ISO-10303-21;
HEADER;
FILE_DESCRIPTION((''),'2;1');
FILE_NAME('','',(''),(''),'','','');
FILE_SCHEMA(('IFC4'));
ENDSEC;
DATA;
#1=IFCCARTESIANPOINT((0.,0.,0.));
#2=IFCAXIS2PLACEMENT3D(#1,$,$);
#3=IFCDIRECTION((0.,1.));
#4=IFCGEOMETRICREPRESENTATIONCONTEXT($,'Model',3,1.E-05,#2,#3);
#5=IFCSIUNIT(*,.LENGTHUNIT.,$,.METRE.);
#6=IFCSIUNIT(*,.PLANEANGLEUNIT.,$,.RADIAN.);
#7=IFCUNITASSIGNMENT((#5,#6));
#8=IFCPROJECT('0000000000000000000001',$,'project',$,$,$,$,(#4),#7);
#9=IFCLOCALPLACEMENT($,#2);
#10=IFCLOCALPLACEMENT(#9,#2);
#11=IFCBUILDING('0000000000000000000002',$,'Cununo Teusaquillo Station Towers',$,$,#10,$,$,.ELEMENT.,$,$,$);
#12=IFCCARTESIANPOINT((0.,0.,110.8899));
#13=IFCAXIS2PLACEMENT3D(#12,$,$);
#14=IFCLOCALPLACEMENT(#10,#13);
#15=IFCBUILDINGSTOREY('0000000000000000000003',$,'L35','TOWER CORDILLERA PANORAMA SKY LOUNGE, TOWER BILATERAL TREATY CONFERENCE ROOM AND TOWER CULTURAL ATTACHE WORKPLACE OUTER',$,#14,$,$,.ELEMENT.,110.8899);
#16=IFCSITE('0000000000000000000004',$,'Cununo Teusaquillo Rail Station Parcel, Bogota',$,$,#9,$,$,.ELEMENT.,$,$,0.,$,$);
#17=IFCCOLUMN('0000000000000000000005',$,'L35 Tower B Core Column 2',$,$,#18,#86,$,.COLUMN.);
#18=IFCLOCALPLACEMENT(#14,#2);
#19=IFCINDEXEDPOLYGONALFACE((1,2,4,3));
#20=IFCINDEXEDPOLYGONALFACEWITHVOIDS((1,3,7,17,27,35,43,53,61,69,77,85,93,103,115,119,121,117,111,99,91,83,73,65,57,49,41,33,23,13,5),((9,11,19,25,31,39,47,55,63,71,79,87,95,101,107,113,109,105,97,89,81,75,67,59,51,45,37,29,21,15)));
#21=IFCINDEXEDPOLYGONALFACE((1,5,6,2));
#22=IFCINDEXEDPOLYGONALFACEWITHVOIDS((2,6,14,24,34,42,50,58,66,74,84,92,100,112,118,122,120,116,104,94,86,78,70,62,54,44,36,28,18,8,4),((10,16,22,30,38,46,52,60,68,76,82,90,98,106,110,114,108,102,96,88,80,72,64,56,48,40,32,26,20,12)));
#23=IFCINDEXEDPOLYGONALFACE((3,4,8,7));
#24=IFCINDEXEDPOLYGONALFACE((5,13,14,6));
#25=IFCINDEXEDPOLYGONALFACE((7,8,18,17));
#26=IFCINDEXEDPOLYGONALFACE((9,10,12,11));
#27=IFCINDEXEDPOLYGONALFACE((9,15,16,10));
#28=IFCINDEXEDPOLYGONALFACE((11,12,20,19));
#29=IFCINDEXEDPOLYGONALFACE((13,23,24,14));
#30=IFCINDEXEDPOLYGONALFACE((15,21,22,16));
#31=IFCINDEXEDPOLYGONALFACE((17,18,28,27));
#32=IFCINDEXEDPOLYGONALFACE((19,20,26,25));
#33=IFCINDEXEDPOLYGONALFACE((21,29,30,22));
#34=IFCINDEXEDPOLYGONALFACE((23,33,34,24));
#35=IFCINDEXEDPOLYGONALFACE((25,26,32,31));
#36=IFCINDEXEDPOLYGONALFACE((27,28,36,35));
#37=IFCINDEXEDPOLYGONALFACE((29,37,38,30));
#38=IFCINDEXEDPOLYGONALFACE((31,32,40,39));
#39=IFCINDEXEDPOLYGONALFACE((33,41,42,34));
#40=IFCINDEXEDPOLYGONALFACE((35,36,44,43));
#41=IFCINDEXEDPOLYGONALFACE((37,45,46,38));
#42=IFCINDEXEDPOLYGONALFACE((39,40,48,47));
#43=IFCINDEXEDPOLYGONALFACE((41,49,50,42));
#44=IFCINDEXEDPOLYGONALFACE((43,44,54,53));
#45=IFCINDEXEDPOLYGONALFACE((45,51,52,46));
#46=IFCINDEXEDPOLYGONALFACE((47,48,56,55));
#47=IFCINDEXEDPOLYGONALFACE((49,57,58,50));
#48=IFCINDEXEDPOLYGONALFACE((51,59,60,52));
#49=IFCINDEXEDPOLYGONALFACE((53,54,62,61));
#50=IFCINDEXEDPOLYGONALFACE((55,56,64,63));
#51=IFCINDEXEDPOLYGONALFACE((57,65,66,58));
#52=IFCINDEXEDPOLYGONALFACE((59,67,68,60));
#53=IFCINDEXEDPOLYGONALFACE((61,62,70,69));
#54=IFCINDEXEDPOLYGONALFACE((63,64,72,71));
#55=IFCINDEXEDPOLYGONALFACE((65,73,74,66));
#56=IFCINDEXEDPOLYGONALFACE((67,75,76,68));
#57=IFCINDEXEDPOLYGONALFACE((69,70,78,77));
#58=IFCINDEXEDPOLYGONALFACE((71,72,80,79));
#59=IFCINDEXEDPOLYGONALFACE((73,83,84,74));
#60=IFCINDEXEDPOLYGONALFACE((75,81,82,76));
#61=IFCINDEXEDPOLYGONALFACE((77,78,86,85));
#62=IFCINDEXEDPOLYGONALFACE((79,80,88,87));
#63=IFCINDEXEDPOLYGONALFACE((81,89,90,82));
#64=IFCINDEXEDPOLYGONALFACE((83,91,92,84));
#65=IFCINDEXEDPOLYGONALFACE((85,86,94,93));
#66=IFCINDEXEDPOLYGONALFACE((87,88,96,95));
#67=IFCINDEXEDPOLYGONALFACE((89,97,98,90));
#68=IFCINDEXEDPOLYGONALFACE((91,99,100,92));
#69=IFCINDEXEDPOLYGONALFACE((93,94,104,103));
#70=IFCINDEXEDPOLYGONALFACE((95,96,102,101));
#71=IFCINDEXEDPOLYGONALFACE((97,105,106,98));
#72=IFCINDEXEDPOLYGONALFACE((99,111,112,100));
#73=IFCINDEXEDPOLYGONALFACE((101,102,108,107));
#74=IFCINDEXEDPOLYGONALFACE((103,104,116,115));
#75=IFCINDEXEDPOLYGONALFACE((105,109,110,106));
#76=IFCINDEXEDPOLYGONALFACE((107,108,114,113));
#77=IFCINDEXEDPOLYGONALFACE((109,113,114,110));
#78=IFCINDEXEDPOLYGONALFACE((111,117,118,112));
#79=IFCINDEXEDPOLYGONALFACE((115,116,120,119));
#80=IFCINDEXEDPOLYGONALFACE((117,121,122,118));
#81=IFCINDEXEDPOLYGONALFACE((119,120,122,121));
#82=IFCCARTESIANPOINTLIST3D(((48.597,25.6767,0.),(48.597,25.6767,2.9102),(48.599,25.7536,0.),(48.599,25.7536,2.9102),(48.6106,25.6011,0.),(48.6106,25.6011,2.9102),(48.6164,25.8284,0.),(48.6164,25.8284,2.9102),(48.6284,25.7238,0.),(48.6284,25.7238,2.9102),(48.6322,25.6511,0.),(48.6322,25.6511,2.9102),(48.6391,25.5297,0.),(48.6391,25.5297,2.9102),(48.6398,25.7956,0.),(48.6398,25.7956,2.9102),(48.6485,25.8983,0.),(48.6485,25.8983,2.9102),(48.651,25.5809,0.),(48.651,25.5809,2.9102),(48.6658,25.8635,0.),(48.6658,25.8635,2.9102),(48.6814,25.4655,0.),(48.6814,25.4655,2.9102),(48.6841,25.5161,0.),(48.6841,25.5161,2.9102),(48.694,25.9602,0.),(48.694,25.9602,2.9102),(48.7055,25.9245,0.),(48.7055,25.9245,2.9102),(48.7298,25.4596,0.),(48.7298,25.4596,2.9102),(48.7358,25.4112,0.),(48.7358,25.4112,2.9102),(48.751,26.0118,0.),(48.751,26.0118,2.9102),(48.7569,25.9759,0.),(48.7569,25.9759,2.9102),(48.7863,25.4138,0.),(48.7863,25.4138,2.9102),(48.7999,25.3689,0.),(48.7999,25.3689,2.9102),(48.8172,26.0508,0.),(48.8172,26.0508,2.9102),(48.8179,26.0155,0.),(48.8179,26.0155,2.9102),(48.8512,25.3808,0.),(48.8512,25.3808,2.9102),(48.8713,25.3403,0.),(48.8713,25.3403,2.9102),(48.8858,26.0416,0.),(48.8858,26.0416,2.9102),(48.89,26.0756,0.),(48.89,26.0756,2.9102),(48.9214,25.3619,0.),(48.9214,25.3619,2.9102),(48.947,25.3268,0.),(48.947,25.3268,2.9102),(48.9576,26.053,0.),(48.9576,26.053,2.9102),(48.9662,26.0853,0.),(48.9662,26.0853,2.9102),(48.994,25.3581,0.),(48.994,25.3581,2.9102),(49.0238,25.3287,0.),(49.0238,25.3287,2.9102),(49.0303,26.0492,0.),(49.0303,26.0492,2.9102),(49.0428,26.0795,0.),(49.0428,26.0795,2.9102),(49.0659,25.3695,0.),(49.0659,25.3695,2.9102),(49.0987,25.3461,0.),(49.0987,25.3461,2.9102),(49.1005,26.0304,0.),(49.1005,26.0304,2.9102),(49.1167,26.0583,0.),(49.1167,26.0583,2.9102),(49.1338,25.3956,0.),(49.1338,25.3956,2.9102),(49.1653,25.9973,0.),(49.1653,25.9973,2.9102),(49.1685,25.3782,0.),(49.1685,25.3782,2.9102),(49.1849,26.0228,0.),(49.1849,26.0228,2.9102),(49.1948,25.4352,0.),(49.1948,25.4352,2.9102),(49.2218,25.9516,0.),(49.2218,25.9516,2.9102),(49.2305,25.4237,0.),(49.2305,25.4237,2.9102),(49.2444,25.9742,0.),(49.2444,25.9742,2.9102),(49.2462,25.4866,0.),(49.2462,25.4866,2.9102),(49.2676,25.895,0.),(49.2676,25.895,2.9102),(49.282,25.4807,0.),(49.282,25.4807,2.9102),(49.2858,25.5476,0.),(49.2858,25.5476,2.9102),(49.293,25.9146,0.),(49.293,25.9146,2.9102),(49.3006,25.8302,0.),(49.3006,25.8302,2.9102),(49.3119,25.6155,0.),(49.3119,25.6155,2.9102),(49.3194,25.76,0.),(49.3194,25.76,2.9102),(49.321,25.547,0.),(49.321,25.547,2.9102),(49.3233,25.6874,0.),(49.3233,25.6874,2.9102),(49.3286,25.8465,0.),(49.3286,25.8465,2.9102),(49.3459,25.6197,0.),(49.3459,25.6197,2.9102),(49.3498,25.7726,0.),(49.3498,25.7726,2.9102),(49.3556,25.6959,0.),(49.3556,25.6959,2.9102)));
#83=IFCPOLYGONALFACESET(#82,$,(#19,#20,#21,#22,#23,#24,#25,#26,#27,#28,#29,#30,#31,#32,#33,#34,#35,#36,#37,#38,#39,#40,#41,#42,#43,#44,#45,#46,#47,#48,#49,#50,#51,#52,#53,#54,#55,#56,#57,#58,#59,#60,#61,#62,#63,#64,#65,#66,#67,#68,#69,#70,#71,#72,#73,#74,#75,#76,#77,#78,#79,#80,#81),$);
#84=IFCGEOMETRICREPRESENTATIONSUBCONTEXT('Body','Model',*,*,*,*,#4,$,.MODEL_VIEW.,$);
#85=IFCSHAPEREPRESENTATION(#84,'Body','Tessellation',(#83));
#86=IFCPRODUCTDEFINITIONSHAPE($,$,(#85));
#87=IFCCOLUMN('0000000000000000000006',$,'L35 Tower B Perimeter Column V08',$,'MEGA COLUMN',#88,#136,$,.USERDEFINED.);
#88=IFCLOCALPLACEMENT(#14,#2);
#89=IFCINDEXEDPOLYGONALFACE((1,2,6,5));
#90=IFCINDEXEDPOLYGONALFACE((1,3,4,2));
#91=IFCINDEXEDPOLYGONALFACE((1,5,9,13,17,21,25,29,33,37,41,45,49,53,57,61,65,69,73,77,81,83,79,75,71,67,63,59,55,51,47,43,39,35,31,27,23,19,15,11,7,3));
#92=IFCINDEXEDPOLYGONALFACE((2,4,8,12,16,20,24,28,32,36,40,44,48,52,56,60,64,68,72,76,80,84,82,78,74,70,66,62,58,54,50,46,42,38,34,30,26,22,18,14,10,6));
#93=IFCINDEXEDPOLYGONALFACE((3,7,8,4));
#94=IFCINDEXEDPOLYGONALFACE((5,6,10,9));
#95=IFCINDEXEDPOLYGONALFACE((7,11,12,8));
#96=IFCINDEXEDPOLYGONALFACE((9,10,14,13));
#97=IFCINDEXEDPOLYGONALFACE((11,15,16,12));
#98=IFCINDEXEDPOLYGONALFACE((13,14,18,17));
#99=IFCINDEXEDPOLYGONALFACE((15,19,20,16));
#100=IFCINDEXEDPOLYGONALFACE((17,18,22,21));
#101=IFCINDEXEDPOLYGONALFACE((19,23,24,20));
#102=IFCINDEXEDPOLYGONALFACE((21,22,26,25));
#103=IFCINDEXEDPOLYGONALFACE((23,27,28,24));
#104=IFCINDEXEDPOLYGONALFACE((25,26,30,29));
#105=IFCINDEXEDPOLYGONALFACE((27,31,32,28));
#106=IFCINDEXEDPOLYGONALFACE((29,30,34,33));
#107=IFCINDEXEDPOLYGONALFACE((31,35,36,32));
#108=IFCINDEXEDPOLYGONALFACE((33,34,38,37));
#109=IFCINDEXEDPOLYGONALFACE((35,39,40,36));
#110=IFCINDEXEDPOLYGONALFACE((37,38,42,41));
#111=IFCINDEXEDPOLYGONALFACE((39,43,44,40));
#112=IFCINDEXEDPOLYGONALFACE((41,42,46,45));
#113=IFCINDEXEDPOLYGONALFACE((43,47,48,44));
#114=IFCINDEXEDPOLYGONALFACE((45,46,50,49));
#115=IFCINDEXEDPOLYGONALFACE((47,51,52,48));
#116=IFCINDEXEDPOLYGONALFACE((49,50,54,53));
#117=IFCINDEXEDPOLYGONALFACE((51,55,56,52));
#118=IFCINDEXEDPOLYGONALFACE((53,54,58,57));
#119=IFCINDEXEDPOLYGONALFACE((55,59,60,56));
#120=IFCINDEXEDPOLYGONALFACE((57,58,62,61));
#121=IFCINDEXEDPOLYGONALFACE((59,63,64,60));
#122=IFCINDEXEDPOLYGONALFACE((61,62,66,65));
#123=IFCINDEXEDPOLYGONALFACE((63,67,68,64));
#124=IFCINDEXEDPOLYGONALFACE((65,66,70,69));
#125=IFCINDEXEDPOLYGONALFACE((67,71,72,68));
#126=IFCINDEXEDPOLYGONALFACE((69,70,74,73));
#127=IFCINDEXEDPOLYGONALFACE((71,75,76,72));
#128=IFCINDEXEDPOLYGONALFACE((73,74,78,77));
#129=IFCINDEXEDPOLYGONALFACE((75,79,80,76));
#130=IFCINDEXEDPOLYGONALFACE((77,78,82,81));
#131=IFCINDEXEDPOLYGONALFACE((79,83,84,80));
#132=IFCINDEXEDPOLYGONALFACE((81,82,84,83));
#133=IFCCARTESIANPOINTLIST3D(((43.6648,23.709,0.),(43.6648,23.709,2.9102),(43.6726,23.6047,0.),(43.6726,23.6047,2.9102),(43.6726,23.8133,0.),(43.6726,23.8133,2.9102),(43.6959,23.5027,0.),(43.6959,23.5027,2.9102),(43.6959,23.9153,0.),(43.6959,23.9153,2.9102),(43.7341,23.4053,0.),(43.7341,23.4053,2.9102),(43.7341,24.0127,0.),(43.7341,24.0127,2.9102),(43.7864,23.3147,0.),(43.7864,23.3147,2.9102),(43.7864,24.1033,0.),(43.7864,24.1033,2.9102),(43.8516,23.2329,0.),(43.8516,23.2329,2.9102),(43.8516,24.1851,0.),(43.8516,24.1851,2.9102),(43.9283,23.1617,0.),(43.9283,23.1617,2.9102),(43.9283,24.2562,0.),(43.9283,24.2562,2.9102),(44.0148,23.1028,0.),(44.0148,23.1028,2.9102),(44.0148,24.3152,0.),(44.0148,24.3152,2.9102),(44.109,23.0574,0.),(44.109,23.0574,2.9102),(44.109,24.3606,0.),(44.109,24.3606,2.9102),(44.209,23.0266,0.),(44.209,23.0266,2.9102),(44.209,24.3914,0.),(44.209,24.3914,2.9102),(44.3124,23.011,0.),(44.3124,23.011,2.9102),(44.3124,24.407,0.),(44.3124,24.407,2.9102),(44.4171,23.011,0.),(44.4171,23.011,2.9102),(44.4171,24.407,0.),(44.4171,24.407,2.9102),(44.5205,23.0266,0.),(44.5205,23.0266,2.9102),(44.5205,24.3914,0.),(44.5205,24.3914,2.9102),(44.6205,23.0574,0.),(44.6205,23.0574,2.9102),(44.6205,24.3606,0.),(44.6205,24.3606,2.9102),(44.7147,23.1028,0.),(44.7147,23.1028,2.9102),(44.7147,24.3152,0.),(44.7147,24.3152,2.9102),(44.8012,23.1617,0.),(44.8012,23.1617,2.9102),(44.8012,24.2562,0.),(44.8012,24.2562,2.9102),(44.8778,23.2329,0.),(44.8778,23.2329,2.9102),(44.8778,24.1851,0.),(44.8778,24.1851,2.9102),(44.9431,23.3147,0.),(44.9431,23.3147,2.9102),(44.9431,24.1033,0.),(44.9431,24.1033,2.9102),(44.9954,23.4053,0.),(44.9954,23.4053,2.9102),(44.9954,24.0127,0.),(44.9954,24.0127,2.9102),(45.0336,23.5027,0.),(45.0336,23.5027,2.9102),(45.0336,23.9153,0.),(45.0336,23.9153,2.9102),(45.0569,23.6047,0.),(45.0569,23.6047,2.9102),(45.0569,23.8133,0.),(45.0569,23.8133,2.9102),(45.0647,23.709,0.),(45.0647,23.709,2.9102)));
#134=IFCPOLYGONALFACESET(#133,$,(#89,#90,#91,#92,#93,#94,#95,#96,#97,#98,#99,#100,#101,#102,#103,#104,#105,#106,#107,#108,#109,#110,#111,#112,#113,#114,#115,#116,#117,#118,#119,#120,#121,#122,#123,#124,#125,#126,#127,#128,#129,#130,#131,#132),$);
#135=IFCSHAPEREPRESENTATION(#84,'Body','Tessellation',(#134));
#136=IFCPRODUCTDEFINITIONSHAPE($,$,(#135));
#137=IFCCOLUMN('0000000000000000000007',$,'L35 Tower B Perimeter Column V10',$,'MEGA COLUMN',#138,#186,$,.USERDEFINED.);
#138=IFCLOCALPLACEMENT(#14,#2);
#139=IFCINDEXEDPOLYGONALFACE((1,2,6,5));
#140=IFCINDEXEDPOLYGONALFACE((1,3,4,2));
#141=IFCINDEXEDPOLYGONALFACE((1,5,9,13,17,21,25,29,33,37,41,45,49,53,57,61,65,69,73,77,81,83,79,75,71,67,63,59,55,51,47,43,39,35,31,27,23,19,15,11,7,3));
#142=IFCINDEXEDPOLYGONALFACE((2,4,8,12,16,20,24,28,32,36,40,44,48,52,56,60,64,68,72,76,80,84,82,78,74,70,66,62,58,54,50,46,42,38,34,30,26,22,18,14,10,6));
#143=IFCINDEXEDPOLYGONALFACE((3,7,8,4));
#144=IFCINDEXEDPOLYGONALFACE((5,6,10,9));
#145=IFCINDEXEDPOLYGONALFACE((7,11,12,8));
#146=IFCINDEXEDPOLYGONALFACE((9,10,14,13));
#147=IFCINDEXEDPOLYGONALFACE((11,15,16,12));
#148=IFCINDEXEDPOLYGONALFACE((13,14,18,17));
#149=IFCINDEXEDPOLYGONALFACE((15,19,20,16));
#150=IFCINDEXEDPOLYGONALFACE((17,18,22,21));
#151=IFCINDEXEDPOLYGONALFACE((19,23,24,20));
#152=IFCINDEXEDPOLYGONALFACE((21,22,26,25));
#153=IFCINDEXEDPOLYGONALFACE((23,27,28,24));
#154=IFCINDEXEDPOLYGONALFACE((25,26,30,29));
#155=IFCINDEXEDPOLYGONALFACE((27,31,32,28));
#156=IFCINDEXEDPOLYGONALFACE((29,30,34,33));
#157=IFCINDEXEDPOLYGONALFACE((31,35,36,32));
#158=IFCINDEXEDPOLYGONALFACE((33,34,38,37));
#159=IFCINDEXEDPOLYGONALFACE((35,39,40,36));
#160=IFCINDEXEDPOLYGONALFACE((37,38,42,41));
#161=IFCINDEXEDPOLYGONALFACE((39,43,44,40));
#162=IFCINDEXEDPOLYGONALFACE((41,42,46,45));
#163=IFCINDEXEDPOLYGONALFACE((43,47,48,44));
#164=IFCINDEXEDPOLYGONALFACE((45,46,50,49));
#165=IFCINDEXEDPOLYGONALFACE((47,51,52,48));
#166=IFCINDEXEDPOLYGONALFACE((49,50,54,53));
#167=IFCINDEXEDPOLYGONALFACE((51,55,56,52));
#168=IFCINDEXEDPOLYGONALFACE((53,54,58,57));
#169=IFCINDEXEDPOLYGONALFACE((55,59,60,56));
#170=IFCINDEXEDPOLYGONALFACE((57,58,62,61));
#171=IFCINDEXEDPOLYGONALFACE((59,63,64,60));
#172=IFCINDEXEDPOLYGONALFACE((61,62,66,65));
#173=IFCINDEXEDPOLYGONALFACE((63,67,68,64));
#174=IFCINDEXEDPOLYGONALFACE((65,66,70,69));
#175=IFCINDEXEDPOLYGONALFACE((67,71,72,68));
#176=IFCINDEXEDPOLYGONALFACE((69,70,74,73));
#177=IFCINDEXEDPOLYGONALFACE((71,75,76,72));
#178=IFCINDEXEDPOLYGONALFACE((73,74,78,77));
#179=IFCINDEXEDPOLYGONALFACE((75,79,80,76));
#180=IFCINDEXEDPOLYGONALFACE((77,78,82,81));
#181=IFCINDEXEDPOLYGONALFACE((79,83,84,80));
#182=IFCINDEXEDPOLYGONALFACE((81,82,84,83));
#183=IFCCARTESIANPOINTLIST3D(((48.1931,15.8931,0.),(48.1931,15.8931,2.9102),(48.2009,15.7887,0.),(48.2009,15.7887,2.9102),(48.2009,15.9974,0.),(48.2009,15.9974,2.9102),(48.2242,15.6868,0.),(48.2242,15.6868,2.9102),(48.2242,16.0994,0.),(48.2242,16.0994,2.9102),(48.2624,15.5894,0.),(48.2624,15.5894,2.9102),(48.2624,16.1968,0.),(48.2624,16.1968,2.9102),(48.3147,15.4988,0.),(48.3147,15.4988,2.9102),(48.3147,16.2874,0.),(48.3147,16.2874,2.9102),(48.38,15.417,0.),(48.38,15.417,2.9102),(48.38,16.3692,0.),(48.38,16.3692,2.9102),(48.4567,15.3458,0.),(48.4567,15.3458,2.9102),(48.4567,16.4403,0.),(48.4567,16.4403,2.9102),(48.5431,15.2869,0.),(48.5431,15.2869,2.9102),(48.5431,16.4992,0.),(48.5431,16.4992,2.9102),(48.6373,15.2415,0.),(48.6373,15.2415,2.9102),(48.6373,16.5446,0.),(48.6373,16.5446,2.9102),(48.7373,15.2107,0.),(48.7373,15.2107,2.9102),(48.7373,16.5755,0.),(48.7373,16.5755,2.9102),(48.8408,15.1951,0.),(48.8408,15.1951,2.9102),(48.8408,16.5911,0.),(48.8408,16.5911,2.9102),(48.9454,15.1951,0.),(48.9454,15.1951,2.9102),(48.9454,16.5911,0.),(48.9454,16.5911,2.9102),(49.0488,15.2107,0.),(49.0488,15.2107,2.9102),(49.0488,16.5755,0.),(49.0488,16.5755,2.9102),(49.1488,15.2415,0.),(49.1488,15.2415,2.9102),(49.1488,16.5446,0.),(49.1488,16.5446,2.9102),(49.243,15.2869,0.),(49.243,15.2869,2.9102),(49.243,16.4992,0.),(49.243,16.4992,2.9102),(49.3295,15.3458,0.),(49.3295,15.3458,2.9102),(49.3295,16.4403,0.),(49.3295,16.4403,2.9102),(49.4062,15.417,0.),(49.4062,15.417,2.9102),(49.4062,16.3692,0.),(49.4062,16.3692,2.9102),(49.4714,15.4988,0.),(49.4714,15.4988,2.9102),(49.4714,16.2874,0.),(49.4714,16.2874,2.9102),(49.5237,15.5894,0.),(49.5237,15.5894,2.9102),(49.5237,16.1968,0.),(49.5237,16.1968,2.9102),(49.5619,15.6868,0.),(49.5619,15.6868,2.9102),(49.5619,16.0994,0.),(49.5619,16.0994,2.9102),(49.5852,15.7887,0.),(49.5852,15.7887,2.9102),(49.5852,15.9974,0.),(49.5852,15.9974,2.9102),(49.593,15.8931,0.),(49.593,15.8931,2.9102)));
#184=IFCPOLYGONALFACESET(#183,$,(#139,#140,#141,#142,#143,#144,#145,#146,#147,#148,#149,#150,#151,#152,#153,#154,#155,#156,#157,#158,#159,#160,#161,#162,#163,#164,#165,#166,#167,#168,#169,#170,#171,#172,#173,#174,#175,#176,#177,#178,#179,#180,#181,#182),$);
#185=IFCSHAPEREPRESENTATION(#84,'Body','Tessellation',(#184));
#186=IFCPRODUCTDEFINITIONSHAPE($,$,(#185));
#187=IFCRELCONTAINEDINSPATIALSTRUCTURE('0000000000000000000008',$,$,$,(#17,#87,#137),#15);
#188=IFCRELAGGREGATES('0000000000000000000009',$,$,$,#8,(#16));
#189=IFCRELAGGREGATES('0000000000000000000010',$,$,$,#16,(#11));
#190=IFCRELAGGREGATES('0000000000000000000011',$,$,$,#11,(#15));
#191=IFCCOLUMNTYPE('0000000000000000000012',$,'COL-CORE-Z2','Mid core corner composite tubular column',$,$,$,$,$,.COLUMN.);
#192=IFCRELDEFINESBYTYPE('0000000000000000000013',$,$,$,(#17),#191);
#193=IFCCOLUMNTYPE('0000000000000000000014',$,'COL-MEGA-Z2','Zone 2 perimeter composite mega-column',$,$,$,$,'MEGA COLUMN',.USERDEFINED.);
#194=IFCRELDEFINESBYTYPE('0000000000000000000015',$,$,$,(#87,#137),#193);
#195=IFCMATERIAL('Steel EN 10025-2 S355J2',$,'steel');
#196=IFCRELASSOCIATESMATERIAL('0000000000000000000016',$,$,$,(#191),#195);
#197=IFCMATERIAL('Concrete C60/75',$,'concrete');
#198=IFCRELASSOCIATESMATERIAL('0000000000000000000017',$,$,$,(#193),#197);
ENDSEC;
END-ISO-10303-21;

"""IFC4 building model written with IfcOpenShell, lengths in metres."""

from ifc_helpers import new_model, si_unit, direction, frame, origin, origin_2d, place, context, subcontext, project, spatial, circle, hollow_circle, extrude, material, material_profile, profile_set, type_object, element, save


model = new_model("IFC4")

# Units and contexts
model_context = context("Model", 3, precision=1e-05, world=origin(), true_north=direction((0.0, 1.0)))
body_context = subcontext(model_context, "Body", "Model", "MODEL_VIEW")
ifc_project = project(units=[si_unit("LENGTHUNIT", "METRE"), si_unit("PLANEANGLEUNIT", "RADIAN")], contexts=[model_context])

# Site, building, storey
site_placement = place(None, origin())
site = spatial("IfcSite", under=ifc_project, at=site_placement, Name="Cununo Teusaquillo Rail Station Parcel, Bogota", CompositionType="ELEMENT", RefElevation=0.0)
building_placement = place(site_placement, origin())
building = spatial("IfcBuilding", under=site, at=building_placement, Name="Cununo Teusaquillo Station Towers", CompositionType="ELEMENT")
storey_placement = place(building_placement, frame((0.0, 0.0, 110.8899)))
storey = spatial("IfcBuildingStorey", under=building, at=storey_placement, Name="L35", Description="TOWER CORDILLERA PANORAMA SKY LOUNGE, TOWER BILATERAL TREATY CONFERENCE ROOM AND TOWER CULTURAL ATTACHE WORKPLACE OUTER", CompositionType="ELEMENT", Elevation=110.8899)

# Columns
ifc_material_1 = material(Name="Steel EN 10025-2 S355J2", Category="steel")
ifc_material_profile_1 = material_profile(ifc_material_1, hollow_circle(Radius=0.3799, WallThickness=0.032, at=origin_2d()), Name="CHS 760x32")
ifc_profile_set_1 = profile_set([ifc_material_profile_1], Name="Steel EN 10025-2 S355J2")
column_type_1 = type_object("IfcColumnType", Name="COL-CORE-Z2", Description="Mid core corner composite tubular column", PredefinedType="COLUMN", material=ifc_profile_set_1)
column_placement = place(storey_placement, frame((48.9758, 25.7056, 0.0), z_axis=(0.0, 0.0, 1.0), x_axis=(0.707107, 0.707107, 0.0)))
element("IfcColumn", 1, at=column_placement, inside=storey, type_object=column_type_1, Name="L35 Tower B Core Column 2", PredefinedType="COLUMN", context=body_context, shape_type="SweptSolid", body=[
    extrude(hollow_circle(Radius=0.3799, WallThickness=0.032, at=origin_2d()), origin(), (0.0, 0.0, 1.0), 2.9102),
])
ifc_material_2 = material(Name="Concrete C60/75", Category="concrete")
ifc_material_profile_2 = material_profile(ifc_material_2, circle(Radius=0.7, at=origin_2d()), Name="RC-CIRC-1400")
ifc_profile_set_2 = profile_set([ifc_material_profile_2], Name="Concrete C60/75")
column_type_2 = type_object("IfcColumnType", Name="COL-MEGA-Z2", Description="Zone 2 perimeter composite mega-column", ElementType="MEGA COLUMN", PredefinedType="USERDEFINED", material=ifc_profile_set_2)
for number, where, z_axis, x_axis, name in (
    (2, (44.3647, 23.709, 0.0), (0.0, 0.0, 1.0), (1.0, 0.0, 0.0), "L35 Tower B Perimeter Column V08"),
    (3, (48.8931, 15.8931, 0.0), (0.0, 0.0, 1.0), (1.0, 0.0, 0.0), "L35 Tower B Perimeter Column V10"),
):
    element("IfcColumn", number, at=place(storey_placement, frame(where, z_axis=z_axis, x_axis=x_axis)), inside=storey, type_object=column_type_2, Name=name, ObjectType="MEGA COLUMN", PredefinedType="USERDEFINED", context=body_context, shape_type="SweptSolid", body=[
        extrude(circle(Radius=0.7, at=origin_2d()), origin(), (0.0, 0.0, 1.0), 2.9102),
    ])

save(model, "model.ifc")
